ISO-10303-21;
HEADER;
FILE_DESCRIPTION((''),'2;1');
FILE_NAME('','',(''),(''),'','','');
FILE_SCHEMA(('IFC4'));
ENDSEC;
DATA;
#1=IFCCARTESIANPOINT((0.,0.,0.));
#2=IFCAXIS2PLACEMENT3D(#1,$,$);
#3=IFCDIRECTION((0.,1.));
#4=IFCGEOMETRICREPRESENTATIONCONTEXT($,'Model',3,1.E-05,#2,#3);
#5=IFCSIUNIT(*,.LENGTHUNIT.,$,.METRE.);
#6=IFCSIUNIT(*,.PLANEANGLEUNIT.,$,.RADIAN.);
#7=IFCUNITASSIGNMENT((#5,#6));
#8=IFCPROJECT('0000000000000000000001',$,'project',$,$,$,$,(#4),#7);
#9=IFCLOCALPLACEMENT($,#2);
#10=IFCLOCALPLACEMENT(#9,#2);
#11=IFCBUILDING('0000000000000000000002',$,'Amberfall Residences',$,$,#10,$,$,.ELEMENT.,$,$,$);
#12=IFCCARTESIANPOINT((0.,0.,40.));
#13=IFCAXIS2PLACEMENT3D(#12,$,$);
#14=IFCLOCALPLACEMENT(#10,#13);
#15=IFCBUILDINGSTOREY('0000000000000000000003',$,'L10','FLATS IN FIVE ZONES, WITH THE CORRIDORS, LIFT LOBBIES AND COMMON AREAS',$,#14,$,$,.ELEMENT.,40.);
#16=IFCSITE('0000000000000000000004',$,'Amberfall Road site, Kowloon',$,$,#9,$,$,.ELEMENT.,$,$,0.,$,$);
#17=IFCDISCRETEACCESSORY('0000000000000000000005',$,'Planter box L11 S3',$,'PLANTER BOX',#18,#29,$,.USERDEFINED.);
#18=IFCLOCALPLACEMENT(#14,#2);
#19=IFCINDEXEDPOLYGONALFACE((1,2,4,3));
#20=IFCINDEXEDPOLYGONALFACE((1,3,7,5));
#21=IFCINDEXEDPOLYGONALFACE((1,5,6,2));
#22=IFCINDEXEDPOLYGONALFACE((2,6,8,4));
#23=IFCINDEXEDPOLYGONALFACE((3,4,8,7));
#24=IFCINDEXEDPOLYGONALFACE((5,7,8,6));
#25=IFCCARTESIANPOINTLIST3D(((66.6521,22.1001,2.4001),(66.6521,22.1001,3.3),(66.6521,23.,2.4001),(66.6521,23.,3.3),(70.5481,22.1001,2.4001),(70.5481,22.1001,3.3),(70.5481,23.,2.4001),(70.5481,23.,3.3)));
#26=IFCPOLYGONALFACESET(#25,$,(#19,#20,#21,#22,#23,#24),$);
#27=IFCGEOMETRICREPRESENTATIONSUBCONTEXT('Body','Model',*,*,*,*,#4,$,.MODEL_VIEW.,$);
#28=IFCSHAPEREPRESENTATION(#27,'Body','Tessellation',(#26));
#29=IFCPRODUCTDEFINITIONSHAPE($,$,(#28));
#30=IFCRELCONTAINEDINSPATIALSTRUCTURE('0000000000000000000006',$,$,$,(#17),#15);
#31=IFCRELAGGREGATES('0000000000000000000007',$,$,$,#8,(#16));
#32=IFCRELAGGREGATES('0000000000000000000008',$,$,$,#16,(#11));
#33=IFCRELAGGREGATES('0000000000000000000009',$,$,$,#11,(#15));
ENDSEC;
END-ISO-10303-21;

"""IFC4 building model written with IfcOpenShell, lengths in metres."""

from ifc_helpers import new_model, si_unit, direction, frame, origin, origin_2d, place, context, subcontext, project, spatial, rectangle, extrude, element, save


model = new_model("IFC4")

# Units and contexts
model_context = context("Model", 3, precision=1e-05, world=origin(), true_north=direction((0.0, 1.0)))
body_context = subcontext(model_context, "Body", "Model", "MODEL_VIEW")
ifc_project = project(units=[si_unit("LENGTHUNIT", "METRE"), si_unit("PLANEANGLEUNIT", "RADIAN")], contexts=[model_context])

# Site, building, storey
site_placement = place(None, origin())
site = spatial("IfcSite", under=ifc_project, at=site_placement, Name="Amberfall Road site, Kowloon", CompositionType="ELEMENT", RefElevation=0.0)
building_placement = place(site_placement, origin())
building = spatial("IfcBuilding", under=site, at=building_placement, Name="Amberfall Residences", CompositionType="ELEMENT")
storey_placement = place(building_placement, frame((0.0, 0.0, 40.0)))
storey = spatial("IfcBuildingStorey", under=building, at=storey_placement, Name="L10", Description="FLATS IN FIVE ZONES, WITH THE CORRIDORS, LIFT LOBBIES AND COMMON AREAS", CompositionType="ELEMENT", Elevation=40.0)

# Discrete accessory
discrete_accessory_placement = place(storey_placement, frame((68.6001, 22.55, 2.4001), z_axis=(0.0, 0.0, 1.0), x_axis=(1.0, 0.0, 0.0)))
element("IfcDiscreteAccessory", 1, at=discrete_accessory_placement, inside=storey, Name="Planter box L11 S3", ObjectType="PLANTER BOX", PredefinedType="USERDEFINED", context=body_context, shape_type="SweptSolid", body=[
    extrude(rectangle(XDim=3.896, YDim=0.8999, at=origin_2d()), origin(), (0.0, 0.0, 1.0), 0.8999),
])

save(model, "model.ifc")
